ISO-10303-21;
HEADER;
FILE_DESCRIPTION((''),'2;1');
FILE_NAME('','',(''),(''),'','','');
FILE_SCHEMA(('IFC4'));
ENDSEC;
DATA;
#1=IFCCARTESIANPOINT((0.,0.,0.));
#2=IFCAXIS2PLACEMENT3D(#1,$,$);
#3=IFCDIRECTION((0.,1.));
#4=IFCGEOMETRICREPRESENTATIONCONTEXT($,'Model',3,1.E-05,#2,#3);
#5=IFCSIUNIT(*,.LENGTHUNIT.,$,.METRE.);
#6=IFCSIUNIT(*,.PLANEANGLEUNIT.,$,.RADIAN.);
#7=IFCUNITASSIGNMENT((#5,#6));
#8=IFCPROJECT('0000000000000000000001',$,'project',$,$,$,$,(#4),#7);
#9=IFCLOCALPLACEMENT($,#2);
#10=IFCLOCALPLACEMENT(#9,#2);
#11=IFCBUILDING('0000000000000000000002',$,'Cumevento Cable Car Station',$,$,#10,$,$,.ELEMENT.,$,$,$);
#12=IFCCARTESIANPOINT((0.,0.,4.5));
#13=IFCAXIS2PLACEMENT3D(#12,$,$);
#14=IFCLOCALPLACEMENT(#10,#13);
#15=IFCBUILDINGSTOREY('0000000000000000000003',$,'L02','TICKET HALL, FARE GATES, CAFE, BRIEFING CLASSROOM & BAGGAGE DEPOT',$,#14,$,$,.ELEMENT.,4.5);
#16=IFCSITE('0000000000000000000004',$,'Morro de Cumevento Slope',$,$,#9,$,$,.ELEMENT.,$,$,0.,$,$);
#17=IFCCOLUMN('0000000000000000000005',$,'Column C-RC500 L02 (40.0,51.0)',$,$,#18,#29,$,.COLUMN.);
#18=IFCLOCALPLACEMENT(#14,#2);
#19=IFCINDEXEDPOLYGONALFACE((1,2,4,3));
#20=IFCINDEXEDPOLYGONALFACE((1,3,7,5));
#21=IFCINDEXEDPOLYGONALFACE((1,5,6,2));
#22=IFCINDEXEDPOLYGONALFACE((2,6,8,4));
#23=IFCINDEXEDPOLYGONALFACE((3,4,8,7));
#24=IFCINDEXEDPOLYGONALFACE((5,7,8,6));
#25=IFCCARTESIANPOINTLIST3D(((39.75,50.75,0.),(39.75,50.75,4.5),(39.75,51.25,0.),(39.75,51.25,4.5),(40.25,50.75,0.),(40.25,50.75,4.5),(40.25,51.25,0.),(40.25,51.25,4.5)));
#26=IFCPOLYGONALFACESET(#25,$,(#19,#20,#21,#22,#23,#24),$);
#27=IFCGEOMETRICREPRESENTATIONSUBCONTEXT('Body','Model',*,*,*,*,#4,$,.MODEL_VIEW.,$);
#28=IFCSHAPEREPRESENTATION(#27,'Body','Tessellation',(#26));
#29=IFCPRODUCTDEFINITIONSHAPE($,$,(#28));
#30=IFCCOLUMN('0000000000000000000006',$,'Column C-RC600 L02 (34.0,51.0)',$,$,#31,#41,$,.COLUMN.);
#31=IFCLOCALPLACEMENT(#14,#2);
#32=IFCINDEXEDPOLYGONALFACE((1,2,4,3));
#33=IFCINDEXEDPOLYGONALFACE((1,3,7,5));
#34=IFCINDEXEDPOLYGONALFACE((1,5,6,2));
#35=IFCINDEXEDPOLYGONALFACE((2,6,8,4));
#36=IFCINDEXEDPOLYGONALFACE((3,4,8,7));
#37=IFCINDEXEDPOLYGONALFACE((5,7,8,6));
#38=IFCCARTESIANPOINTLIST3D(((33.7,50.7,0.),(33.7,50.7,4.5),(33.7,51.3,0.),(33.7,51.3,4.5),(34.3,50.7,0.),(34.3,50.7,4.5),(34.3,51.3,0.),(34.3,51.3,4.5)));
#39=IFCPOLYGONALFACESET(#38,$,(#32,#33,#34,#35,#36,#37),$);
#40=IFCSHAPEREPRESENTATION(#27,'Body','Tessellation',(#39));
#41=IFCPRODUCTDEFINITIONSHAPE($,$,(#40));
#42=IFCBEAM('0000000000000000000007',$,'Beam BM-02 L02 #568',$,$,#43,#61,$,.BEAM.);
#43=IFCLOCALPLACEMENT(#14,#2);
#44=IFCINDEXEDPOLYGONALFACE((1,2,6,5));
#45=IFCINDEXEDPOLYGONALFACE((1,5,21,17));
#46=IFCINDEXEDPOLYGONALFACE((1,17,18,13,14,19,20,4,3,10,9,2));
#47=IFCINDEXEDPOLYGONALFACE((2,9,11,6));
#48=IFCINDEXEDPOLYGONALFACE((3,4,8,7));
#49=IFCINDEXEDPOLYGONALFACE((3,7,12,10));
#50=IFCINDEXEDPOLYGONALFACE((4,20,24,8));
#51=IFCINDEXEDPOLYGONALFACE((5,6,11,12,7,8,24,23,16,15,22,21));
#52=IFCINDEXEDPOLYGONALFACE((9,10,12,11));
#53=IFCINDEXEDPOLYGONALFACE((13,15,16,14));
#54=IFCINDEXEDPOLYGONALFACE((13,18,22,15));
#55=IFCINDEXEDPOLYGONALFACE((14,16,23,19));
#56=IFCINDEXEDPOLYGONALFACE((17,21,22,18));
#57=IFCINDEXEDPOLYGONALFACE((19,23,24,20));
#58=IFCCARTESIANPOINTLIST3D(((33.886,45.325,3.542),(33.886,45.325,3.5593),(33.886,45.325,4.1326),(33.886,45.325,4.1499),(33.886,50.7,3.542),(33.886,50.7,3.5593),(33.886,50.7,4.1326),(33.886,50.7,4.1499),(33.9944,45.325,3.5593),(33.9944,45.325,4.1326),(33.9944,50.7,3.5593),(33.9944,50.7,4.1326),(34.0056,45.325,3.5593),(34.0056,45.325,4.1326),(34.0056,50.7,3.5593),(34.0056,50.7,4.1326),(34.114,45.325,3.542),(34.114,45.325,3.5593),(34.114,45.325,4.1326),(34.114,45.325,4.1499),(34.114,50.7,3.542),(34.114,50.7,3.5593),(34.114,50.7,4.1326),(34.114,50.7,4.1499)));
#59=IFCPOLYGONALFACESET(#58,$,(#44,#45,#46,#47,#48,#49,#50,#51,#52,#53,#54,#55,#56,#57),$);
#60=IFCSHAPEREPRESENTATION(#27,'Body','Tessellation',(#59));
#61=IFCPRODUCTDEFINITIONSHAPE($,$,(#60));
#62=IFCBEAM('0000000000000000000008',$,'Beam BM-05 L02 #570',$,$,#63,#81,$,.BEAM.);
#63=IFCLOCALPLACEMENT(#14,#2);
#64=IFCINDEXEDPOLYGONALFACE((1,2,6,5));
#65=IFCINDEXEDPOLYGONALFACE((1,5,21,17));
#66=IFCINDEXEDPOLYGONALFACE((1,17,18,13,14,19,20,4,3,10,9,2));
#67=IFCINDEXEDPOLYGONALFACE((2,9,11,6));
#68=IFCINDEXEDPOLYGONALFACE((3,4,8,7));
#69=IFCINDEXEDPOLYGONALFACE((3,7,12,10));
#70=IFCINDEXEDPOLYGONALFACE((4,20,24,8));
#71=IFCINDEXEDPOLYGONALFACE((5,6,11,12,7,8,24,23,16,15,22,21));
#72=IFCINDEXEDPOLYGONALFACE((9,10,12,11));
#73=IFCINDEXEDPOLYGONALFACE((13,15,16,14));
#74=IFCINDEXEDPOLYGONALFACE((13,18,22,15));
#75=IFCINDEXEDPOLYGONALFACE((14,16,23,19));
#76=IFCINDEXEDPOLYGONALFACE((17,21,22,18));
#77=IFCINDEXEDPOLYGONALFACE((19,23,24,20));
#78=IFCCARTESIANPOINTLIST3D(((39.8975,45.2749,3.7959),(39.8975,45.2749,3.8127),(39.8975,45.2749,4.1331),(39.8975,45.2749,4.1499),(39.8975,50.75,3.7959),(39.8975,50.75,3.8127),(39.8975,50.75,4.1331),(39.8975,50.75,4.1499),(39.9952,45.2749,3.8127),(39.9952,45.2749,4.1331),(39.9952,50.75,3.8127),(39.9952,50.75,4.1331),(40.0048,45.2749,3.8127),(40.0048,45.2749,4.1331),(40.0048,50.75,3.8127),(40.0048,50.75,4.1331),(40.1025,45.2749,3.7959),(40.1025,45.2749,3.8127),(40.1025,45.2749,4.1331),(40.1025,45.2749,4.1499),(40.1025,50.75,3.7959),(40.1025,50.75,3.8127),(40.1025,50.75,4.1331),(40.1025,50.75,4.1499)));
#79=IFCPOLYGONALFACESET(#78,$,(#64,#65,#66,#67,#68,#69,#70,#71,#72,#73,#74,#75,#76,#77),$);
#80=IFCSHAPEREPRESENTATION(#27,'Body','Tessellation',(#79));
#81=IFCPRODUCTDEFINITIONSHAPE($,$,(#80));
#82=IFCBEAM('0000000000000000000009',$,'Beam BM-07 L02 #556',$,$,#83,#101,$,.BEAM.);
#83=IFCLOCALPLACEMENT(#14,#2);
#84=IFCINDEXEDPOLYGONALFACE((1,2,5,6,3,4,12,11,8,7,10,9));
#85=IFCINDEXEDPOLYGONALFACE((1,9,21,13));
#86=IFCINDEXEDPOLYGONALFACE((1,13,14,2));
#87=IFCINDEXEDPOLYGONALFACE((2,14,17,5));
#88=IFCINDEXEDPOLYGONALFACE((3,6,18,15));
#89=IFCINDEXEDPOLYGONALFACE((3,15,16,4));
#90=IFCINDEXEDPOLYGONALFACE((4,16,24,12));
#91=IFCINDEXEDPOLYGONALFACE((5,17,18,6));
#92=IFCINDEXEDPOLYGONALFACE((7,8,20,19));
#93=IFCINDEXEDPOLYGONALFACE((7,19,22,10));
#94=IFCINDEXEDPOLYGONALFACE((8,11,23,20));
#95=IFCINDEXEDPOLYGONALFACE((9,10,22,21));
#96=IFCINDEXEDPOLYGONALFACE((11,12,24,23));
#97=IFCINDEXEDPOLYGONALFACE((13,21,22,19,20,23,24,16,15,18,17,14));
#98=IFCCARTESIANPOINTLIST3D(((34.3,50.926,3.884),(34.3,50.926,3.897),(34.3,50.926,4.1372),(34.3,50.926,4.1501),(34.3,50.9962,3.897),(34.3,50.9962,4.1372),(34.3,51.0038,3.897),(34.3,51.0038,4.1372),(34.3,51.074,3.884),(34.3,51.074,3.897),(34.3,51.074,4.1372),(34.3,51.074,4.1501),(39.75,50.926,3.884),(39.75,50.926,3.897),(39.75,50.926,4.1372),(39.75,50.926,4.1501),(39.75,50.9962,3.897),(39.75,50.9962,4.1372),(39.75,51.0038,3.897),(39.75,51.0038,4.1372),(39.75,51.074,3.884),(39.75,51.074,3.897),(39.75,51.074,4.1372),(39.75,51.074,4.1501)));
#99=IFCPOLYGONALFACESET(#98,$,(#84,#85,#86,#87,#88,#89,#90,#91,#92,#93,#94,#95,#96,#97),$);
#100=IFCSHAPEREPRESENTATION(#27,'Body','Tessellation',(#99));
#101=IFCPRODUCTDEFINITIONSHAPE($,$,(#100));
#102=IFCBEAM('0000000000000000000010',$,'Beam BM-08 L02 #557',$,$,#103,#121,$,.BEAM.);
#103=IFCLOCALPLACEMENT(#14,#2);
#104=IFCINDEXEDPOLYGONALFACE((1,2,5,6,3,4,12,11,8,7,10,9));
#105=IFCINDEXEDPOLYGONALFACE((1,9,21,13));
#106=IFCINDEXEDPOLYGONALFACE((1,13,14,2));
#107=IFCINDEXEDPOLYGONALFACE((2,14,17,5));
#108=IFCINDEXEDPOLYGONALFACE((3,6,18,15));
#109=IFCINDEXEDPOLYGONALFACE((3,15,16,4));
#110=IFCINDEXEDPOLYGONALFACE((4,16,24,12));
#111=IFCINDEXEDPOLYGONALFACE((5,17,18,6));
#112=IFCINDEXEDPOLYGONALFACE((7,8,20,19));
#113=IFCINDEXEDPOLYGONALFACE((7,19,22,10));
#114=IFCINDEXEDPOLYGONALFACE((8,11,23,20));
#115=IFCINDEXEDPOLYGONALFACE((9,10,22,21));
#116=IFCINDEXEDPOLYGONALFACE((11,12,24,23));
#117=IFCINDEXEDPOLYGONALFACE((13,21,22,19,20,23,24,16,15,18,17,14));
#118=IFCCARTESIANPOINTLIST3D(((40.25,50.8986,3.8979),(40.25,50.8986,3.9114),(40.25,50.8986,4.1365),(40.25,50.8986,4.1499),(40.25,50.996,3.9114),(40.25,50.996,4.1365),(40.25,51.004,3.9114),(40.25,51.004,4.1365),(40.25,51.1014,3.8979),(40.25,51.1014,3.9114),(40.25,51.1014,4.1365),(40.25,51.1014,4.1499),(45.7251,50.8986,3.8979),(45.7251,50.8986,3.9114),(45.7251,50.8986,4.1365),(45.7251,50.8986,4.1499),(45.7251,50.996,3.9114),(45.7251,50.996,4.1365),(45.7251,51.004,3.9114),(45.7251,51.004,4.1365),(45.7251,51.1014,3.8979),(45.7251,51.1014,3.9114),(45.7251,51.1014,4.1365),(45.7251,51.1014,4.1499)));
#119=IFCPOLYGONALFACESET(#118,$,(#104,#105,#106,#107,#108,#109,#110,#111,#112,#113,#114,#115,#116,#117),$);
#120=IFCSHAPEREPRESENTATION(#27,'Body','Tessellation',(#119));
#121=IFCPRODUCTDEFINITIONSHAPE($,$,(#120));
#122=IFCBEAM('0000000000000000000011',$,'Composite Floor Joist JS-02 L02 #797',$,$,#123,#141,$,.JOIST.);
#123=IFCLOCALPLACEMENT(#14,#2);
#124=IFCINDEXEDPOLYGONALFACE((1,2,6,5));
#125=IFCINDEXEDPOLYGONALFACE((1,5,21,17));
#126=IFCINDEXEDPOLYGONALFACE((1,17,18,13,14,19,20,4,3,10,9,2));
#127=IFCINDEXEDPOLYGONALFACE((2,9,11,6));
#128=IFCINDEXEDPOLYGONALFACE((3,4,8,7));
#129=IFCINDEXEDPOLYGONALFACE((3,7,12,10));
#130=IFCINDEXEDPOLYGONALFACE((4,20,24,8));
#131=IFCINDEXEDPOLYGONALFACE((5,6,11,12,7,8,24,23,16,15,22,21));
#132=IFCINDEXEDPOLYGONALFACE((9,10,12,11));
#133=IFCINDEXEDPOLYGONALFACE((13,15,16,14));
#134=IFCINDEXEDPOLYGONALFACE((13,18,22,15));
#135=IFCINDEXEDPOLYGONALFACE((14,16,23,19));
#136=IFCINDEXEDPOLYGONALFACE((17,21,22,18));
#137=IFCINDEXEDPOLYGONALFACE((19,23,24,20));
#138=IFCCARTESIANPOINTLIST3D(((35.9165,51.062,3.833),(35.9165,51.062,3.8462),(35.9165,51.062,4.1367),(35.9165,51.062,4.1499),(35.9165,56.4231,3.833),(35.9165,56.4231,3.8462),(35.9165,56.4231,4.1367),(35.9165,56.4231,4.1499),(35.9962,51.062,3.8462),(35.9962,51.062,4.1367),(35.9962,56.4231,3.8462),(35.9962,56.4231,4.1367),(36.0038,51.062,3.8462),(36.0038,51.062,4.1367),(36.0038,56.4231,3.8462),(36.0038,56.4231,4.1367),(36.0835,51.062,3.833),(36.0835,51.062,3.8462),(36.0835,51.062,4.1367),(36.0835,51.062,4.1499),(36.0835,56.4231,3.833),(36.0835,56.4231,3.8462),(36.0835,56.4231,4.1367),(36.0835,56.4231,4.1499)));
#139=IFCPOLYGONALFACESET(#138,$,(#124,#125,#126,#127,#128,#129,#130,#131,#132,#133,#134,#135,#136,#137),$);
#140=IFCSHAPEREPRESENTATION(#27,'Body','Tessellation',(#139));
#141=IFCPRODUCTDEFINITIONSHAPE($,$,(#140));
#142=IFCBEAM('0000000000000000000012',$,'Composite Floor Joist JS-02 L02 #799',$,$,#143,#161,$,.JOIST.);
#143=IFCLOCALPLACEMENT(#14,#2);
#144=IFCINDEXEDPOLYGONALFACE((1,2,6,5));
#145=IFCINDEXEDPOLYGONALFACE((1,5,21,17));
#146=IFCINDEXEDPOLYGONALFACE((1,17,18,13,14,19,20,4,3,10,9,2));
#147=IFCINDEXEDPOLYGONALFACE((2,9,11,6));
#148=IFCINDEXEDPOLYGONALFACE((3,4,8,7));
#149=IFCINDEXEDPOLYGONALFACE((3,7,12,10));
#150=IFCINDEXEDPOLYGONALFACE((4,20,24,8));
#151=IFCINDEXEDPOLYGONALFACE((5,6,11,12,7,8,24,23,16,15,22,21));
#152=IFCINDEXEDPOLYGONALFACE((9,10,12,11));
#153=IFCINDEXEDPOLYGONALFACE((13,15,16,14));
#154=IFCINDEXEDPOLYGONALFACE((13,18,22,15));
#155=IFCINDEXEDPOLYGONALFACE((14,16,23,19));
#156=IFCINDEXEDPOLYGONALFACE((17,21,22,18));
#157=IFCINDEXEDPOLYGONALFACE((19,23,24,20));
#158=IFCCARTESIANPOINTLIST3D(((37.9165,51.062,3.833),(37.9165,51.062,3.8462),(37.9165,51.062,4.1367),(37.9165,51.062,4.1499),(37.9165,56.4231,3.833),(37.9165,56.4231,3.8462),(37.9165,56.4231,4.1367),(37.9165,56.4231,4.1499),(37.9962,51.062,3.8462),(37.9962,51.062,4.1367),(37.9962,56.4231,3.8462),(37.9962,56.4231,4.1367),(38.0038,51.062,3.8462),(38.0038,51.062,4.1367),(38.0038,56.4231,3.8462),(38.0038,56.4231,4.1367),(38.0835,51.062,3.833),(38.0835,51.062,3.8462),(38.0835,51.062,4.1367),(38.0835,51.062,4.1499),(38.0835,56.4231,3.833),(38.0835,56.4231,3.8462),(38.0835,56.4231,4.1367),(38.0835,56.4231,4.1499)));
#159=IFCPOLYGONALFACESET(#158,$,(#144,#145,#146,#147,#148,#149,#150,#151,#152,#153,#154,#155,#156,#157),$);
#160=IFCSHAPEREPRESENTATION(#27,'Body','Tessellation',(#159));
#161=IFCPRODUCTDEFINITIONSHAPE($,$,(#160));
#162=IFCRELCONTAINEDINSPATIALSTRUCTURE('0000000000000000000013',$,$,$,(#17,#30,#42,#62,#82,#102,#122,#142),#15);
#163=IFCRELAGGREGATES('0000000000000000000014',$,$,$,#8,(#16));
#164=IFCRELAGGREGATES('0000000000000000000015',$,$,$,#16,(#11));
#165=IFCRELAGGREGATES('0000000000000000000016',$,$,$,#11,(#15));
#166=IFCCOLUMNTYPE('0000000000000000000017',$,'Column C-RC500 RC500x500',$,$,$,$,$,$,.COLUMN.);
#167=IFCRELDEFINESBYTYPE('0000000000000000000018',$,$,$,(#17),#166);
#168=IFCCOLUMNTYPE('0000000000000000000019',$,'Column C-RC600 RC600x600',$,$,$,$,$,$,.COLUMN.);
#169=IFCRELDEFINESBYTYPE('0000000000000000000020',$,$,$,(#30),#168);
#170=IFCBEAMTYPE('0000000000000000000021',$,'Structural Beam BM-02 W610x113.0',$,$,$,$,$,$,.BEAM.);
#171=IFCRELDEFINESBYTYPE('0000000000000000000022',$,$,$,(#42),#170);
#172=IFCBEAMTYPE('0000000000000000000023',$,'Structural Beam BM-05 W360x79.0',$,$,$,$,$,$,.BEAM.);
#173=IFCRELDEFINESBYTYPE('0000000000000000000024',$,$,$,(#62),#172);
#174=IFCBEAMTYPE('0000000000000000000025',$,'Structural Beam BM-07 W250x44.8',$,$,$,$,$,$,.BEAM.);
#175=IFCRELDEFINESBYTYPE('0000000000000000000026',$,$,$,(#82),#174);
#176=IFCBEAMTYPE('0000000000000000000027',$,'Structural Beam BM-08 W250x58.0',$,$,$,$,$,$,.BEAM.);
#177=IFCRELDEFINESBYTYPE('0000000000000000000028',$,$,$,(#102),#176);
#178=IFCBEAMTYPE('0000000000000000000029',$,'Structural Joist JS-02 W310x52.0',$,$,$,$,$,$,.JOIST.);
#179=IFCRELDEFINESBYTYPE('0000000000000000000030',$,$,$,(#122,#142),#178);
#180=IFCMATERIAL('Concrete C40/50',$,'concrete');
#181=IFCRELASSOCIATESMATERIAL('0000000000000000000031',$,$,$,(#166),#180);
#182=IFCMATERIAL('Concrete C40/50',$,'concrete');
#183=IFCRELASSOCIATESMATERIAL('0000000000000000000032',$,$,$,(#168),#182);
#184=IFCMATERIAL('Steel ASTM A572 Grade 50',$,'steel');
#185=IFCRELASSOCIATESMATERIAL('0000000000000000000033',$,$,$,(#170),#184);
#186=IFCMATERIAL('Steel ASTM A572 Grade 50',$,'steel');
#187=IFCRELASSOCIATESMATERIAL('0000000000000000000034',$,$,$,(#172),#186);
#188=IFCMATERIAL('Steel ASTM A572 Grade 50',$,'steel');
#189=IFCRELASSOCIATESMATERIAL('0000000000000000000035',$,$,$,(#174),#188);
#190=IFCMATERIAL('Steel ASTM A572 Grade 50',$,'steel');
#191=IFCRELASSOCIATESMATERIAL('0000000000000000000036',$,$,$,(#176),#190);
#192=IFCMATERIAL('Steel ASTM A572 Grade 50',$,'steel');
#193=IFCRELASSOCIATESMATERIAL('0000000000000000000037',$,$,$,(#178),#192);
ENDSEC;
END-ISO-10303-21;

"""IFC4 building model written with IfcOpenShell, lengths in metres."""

from ifc_helpers import new_model, si_unit, direction, frame, origin, origin_2d, place, context, subcontext, project, spatial, rectangle, i_section, extrude, material, material_profile, profile_set, type_object, element, save


model = new_model("IFC4")

# Units and contexts
model_context = context("Model", 3, precision=1e-05, world=origin(), true_north=direction((0.0, 1.0)))
body_context = subcontext(model_context, "Body", "Model", "MODEL_VIEW")
ifc_project = project(units=[si_unit("LENGTHUNIT", "METRE"), si_unit("PLANEANGLEUNIT", "RADIAN")], contexts=[model_context])

# Site, building, storey
site_placement = place(None, origin())
site = spatial("IfcSite", under=ifc_project, at=site_placement, Name="Morro de Cumevento Slope", CompositionType="ELEMENT", RefElevation=0.0)
building_placement = place(site_placement, origin())
building = spatial("IfcBuilding", under=site, at=building_placement, Name="Cumevento Cable Car Station", CompositionType="ELEMENT")
storey_placement = place(building_placement, frame((0.0, 0.0, 4.5)))
storey = spatial("IfcBuildingStorey", under=building, at=storey_placement, Name="L02", Description="TICKET HALL, FARE GATES, CAFE, BRIEFING CLASSROOM & BAGGAGE DEPOT", CompositionType="ELEMENT", Elevation=4.5)

# Columns
ifc_material_1 = material(Name="Concrete C40/50", Category="concrete")
ifc_material_profile_1 = material_profile(ifc_material_1, rectangle(XDim=0.5, YDim=0.5, at=origin_2d()), Name="RC500x500")
ifc_profile_set_1 = profile_set([ifc_material_profile_1], Name="Concrete C40/50")
column_type_1 = type_object("IfcColumnType", Name="Column C-RC500 RC500x500", PredefinedType="COLUMN", material=ifc_profile_set_1)
column_1_placement = place(storey_placement, frame((40.0, 51.0, 0.0), z_axis=(0.0, 0.0, 1.0), x_axis=(1.0, 0.0, 0.0)))
element("IfcColumn", 1, at=column_1_placement, inside=storey, type_object=column_type_1, Name="Column C-RC500 L02 (40.0,51.0)", PredefinedType="COLUMN", context=body_context, shape_type="SweptSolid", body=[
    extrude(rectangle(XDim=0.5, YDim=0.5, at=origin_2d()), origin(), (0.0, 0.0, 1.0), 4.5),
])
ifc_material_2 = material(Name="Concrete C40/50", Category="concrete")
ifc_material_profile_2 = material_profile(ifc_material_2, rectangle(XDim=0.6001, YDim=0.6001, at=origin_2d()), Name="RC600x600")
ifc_profile_set_2 = profile_set([ifc_material_profile_2], Name="Concrete C40/50")
column_type_2 = type_object("IfcColumnType", Name="Column C-RC600 RC600x600", PredefinedType="COLUMN", material=ifc_profile_set_2)
column_2_placement = place(storey_placement, frame((34.0, 51.0, 0.0), z_axis=(0.0, 0.0, 1.0), x_axis=(1.0, 0.0, 0.0)))
element("IfcColumn", 2, at=column_2_placement, inside=storey, type_object=column_type_2, Name="Column C-RC600 L02 (34.0,51.0)", PredefinedType="COLUMN", context=body_context, shape_type="SweptSolid", body=[
    extrude(rectangle(XDim=0.6001, YDim=0.6001, at=origin_2d()), origin(), (0.0, 0.0, 1.0), 4.5),
])

# Beams
ifc_material_3 = material(Name="Steel ASTM A572 Grade 50", Category="steel")
ifc_material_profile_3 = material_profile(ifc_material_3, i_section(OverallWidth=0.228, OverallDepth=0.6079, WebThickness=0.0112, FlangeThickness=0.0173, at=origin_2d()), Name="W610x113.0")
ifc_profile_set_3 = profile_set([ifc_material_profile_3], Name="Steel ASTM A572 Grade 50")
beam_type_1 = type_object("IfcBeamType", Name="Structural Beam BM-02 W610x113.0", PredefinedType="BEAM", material=ifc_profile_set_3)
beam_1_placement = place(storey_placement, frame((34.0, 45.325, 3.8459), z_axis=(0.0, 1.0, 0.0), x_axis=(-1.0, 0.0, 0.0)))
element("IfcBeam", 3, at=beam_1_placement, inside=storey, type_object=beam_type_1, Name="Beam BM-02 L02 #568", PredefinedType="BEAM", context=body_context, shape_type="SweptSolid", body=[
    extrude(i_section(OverallWidth=0.228, OverallDepth=0.6079, WebThickness=0.0112, FlangeThickness=0.0173, at=origin_2d()), origin(), (0.0, 0.0, 1.0), 5.375),
])
ifc_material_4 = material(Name="Steel ASTM A572 Grade 50", Category="steel")
ifc_material_profile_4 = material_profile(ifc_material_4, i_section(OverallWidth=0.2051, OverallDepth=0.354, WebThickness=0.0095, FlangeThickness=0.0168, at=origin_2d()), Name="W360x79.0")
ifc_profile_set_4 = profile_set([ifc_material_profile_4], Name="Steel ASTM A572 Grade 50")
beam_type_2 = type_object("IfcBeamType", Name="Structural Beam BM-05 W360x79.0", PredefinedType="BEAM", material=ifc_profile_set_4)
beam_2_placement = place(storey_placement, frame((40.0, 45.2749, 3.9729), z_axis=(0.0, 1.0, 0.0), x_axis=(-1.0, 0.0, 0.0)))
element("IfcBeam", 4, at=beam_2_placement, inside=storey, type_object=beam_type_2, Name="Beam BM-05 L02 #570", PredefinedType="BEAM", context=body_context, shape_type="SweptSolid", body=[
    extrude(i_section(OverallWidth=0.2051, OverallDepth=0.354, WebThickness=0.0095, FlangeThickness=0.0168, at=origin_2d()), origin(), (0.0, 0.0, 1.0), 5.4751),
])
ifc_material_5 = material(Name="Steel ASTM A572 Grade 50", Category="steel")
ifc_material_profile_5 = material_profile(ifc_material_5, i_section(OverallWidth=0.1479, OverallDepth=0.2661, WebThickness=0.0076, FlangeThickness=0.0129, at=origin_2d()), Name="W250x44.8")
ifc_profile_set_5 = profile_set([ifc_material_profile_5], Name="Steel ASTM A572 Grade 50")
beam_type_3 = type_object("IfcBeamType", Name="Structural Beam BM-07 W250x44.8", PredefinedType="BEAM", material=ifc_profile_set_5)
beam_3_placement = place(storey_placement, frame((34.3, 51.0, 4.0171), z_axis=(1.0, 0.0, 0.0), x_axis=(0.0, 1.0, 0.0)))
element("IfcBeam", 5, at=beam_3_placement, inside=storey, type_object=beam_type_3, Name="Beam BM-07 L02 #556", PredefinedType="BEAM", context=body_context, shape_type="SweptSolid", body=[
    extrude(i_section(OverallWidth=0.1479, OverallDepth=0.2661, WebThickness=0.0076, FlangeThickness=0.0129, at=origin_2d()), origin(), (0.0, 0.0, 1.0), 5.45),
])
ifc_material_6 = material(Name="Steel ASTM A572 Grade 50", Category="steel")
ifc_material_profile_6 = material_profile(ifc_material_6, i_section(OverallWidth=0.2029, OverallDepth=0.252, WebThickness=0.0081, FlangeThickness=0.0134, at=origin_2d()), Name="W250x58.0")
ifc_profile_set_6 = profile_set([ifc_material_profile_6], Name="Steel ASTM A572 Grade 50")
beam_type_4 = type_object("IfcBeamType", Name="Structural Beam BM-08 W250x58.0", PredefinedType="BEAM", material=ifc_profile_set_6)
beam_4_placement = place(storey_placement, frame((40.25, 51.0, 4.0239), z_axis=(1.0, 0.0, 0.0), x_axis=(0.0, 1.0, 0.0)))
element("IfcBeam", 6, at=beam_4_placement, inside=storey, type_object=beam_type_4, Name="Beam BM-08 L02 #557", PredefinedType="BEAM", context=body_context, shape_type="SweptSolid", body=[
    extrude(i_section(OverallWidth=0.2029, OverallDepth=0.252, WebThickness=0.0081, FlangeThickness=0.0134, at=origin_2d()), origin(), (0.0, 0.0, 1.0), 5.4751),
])
ifc_material_7 = material(Name="Steel ASTM A572 Grade 50", Category="steel")
ifc_material_profile_7 = material_profile(ifc_material_7, i_section(OverallWidth=0.167, OverallDepth=0.3169, WebThickness=0.0076, FlangeThickness=0.0132, at=origin_2d()), Name="W310x52.0")
ifc_profile_set_7 = profile_set([ifc_material_profile_7], Name="Steel ASTM A572 Grade 50")
beam_type_5 = type_object("IfcBeamType", Name="Structural Joist JS-02 W310x52.0", PredefinedType="JOIST", material=ifc_profile_set_7)
for number, where, z_axis, x_axis, name in (
    (7, (36.0, 51.062, 3.9915), (0.0, 1.0, 0.0), (-1.0, 0.0, 0.0), "Composite Floor Joist JS-02 L02 #797"),
    (8, (38.0, 51.062, 3.9915), (0.0, 1.0, 0.0), (-1.0, 0.0, 0.0), "Composite Floor Joist JS-02 L02 #799"),
):
    element("IfcBeam", number, at=place(storey_placement, frame(where, z_axis=z_axis, x_axis=x_axis)), inside=storey, type_object=beam_type_5, Name=name, PredefinedType="JOIST", context=body_context, shape_type="SweptSolid", body=[
        extrude(i_section(OverallWidth=0.167, OverallDepth=0.3169, WebThickness=0.0076, FlangeThickness=0.0132, at=origin_2d()), origin(), (0.0, 0.0, 1.0), 5.3611),
    ])

save(model, "model.ifc")
